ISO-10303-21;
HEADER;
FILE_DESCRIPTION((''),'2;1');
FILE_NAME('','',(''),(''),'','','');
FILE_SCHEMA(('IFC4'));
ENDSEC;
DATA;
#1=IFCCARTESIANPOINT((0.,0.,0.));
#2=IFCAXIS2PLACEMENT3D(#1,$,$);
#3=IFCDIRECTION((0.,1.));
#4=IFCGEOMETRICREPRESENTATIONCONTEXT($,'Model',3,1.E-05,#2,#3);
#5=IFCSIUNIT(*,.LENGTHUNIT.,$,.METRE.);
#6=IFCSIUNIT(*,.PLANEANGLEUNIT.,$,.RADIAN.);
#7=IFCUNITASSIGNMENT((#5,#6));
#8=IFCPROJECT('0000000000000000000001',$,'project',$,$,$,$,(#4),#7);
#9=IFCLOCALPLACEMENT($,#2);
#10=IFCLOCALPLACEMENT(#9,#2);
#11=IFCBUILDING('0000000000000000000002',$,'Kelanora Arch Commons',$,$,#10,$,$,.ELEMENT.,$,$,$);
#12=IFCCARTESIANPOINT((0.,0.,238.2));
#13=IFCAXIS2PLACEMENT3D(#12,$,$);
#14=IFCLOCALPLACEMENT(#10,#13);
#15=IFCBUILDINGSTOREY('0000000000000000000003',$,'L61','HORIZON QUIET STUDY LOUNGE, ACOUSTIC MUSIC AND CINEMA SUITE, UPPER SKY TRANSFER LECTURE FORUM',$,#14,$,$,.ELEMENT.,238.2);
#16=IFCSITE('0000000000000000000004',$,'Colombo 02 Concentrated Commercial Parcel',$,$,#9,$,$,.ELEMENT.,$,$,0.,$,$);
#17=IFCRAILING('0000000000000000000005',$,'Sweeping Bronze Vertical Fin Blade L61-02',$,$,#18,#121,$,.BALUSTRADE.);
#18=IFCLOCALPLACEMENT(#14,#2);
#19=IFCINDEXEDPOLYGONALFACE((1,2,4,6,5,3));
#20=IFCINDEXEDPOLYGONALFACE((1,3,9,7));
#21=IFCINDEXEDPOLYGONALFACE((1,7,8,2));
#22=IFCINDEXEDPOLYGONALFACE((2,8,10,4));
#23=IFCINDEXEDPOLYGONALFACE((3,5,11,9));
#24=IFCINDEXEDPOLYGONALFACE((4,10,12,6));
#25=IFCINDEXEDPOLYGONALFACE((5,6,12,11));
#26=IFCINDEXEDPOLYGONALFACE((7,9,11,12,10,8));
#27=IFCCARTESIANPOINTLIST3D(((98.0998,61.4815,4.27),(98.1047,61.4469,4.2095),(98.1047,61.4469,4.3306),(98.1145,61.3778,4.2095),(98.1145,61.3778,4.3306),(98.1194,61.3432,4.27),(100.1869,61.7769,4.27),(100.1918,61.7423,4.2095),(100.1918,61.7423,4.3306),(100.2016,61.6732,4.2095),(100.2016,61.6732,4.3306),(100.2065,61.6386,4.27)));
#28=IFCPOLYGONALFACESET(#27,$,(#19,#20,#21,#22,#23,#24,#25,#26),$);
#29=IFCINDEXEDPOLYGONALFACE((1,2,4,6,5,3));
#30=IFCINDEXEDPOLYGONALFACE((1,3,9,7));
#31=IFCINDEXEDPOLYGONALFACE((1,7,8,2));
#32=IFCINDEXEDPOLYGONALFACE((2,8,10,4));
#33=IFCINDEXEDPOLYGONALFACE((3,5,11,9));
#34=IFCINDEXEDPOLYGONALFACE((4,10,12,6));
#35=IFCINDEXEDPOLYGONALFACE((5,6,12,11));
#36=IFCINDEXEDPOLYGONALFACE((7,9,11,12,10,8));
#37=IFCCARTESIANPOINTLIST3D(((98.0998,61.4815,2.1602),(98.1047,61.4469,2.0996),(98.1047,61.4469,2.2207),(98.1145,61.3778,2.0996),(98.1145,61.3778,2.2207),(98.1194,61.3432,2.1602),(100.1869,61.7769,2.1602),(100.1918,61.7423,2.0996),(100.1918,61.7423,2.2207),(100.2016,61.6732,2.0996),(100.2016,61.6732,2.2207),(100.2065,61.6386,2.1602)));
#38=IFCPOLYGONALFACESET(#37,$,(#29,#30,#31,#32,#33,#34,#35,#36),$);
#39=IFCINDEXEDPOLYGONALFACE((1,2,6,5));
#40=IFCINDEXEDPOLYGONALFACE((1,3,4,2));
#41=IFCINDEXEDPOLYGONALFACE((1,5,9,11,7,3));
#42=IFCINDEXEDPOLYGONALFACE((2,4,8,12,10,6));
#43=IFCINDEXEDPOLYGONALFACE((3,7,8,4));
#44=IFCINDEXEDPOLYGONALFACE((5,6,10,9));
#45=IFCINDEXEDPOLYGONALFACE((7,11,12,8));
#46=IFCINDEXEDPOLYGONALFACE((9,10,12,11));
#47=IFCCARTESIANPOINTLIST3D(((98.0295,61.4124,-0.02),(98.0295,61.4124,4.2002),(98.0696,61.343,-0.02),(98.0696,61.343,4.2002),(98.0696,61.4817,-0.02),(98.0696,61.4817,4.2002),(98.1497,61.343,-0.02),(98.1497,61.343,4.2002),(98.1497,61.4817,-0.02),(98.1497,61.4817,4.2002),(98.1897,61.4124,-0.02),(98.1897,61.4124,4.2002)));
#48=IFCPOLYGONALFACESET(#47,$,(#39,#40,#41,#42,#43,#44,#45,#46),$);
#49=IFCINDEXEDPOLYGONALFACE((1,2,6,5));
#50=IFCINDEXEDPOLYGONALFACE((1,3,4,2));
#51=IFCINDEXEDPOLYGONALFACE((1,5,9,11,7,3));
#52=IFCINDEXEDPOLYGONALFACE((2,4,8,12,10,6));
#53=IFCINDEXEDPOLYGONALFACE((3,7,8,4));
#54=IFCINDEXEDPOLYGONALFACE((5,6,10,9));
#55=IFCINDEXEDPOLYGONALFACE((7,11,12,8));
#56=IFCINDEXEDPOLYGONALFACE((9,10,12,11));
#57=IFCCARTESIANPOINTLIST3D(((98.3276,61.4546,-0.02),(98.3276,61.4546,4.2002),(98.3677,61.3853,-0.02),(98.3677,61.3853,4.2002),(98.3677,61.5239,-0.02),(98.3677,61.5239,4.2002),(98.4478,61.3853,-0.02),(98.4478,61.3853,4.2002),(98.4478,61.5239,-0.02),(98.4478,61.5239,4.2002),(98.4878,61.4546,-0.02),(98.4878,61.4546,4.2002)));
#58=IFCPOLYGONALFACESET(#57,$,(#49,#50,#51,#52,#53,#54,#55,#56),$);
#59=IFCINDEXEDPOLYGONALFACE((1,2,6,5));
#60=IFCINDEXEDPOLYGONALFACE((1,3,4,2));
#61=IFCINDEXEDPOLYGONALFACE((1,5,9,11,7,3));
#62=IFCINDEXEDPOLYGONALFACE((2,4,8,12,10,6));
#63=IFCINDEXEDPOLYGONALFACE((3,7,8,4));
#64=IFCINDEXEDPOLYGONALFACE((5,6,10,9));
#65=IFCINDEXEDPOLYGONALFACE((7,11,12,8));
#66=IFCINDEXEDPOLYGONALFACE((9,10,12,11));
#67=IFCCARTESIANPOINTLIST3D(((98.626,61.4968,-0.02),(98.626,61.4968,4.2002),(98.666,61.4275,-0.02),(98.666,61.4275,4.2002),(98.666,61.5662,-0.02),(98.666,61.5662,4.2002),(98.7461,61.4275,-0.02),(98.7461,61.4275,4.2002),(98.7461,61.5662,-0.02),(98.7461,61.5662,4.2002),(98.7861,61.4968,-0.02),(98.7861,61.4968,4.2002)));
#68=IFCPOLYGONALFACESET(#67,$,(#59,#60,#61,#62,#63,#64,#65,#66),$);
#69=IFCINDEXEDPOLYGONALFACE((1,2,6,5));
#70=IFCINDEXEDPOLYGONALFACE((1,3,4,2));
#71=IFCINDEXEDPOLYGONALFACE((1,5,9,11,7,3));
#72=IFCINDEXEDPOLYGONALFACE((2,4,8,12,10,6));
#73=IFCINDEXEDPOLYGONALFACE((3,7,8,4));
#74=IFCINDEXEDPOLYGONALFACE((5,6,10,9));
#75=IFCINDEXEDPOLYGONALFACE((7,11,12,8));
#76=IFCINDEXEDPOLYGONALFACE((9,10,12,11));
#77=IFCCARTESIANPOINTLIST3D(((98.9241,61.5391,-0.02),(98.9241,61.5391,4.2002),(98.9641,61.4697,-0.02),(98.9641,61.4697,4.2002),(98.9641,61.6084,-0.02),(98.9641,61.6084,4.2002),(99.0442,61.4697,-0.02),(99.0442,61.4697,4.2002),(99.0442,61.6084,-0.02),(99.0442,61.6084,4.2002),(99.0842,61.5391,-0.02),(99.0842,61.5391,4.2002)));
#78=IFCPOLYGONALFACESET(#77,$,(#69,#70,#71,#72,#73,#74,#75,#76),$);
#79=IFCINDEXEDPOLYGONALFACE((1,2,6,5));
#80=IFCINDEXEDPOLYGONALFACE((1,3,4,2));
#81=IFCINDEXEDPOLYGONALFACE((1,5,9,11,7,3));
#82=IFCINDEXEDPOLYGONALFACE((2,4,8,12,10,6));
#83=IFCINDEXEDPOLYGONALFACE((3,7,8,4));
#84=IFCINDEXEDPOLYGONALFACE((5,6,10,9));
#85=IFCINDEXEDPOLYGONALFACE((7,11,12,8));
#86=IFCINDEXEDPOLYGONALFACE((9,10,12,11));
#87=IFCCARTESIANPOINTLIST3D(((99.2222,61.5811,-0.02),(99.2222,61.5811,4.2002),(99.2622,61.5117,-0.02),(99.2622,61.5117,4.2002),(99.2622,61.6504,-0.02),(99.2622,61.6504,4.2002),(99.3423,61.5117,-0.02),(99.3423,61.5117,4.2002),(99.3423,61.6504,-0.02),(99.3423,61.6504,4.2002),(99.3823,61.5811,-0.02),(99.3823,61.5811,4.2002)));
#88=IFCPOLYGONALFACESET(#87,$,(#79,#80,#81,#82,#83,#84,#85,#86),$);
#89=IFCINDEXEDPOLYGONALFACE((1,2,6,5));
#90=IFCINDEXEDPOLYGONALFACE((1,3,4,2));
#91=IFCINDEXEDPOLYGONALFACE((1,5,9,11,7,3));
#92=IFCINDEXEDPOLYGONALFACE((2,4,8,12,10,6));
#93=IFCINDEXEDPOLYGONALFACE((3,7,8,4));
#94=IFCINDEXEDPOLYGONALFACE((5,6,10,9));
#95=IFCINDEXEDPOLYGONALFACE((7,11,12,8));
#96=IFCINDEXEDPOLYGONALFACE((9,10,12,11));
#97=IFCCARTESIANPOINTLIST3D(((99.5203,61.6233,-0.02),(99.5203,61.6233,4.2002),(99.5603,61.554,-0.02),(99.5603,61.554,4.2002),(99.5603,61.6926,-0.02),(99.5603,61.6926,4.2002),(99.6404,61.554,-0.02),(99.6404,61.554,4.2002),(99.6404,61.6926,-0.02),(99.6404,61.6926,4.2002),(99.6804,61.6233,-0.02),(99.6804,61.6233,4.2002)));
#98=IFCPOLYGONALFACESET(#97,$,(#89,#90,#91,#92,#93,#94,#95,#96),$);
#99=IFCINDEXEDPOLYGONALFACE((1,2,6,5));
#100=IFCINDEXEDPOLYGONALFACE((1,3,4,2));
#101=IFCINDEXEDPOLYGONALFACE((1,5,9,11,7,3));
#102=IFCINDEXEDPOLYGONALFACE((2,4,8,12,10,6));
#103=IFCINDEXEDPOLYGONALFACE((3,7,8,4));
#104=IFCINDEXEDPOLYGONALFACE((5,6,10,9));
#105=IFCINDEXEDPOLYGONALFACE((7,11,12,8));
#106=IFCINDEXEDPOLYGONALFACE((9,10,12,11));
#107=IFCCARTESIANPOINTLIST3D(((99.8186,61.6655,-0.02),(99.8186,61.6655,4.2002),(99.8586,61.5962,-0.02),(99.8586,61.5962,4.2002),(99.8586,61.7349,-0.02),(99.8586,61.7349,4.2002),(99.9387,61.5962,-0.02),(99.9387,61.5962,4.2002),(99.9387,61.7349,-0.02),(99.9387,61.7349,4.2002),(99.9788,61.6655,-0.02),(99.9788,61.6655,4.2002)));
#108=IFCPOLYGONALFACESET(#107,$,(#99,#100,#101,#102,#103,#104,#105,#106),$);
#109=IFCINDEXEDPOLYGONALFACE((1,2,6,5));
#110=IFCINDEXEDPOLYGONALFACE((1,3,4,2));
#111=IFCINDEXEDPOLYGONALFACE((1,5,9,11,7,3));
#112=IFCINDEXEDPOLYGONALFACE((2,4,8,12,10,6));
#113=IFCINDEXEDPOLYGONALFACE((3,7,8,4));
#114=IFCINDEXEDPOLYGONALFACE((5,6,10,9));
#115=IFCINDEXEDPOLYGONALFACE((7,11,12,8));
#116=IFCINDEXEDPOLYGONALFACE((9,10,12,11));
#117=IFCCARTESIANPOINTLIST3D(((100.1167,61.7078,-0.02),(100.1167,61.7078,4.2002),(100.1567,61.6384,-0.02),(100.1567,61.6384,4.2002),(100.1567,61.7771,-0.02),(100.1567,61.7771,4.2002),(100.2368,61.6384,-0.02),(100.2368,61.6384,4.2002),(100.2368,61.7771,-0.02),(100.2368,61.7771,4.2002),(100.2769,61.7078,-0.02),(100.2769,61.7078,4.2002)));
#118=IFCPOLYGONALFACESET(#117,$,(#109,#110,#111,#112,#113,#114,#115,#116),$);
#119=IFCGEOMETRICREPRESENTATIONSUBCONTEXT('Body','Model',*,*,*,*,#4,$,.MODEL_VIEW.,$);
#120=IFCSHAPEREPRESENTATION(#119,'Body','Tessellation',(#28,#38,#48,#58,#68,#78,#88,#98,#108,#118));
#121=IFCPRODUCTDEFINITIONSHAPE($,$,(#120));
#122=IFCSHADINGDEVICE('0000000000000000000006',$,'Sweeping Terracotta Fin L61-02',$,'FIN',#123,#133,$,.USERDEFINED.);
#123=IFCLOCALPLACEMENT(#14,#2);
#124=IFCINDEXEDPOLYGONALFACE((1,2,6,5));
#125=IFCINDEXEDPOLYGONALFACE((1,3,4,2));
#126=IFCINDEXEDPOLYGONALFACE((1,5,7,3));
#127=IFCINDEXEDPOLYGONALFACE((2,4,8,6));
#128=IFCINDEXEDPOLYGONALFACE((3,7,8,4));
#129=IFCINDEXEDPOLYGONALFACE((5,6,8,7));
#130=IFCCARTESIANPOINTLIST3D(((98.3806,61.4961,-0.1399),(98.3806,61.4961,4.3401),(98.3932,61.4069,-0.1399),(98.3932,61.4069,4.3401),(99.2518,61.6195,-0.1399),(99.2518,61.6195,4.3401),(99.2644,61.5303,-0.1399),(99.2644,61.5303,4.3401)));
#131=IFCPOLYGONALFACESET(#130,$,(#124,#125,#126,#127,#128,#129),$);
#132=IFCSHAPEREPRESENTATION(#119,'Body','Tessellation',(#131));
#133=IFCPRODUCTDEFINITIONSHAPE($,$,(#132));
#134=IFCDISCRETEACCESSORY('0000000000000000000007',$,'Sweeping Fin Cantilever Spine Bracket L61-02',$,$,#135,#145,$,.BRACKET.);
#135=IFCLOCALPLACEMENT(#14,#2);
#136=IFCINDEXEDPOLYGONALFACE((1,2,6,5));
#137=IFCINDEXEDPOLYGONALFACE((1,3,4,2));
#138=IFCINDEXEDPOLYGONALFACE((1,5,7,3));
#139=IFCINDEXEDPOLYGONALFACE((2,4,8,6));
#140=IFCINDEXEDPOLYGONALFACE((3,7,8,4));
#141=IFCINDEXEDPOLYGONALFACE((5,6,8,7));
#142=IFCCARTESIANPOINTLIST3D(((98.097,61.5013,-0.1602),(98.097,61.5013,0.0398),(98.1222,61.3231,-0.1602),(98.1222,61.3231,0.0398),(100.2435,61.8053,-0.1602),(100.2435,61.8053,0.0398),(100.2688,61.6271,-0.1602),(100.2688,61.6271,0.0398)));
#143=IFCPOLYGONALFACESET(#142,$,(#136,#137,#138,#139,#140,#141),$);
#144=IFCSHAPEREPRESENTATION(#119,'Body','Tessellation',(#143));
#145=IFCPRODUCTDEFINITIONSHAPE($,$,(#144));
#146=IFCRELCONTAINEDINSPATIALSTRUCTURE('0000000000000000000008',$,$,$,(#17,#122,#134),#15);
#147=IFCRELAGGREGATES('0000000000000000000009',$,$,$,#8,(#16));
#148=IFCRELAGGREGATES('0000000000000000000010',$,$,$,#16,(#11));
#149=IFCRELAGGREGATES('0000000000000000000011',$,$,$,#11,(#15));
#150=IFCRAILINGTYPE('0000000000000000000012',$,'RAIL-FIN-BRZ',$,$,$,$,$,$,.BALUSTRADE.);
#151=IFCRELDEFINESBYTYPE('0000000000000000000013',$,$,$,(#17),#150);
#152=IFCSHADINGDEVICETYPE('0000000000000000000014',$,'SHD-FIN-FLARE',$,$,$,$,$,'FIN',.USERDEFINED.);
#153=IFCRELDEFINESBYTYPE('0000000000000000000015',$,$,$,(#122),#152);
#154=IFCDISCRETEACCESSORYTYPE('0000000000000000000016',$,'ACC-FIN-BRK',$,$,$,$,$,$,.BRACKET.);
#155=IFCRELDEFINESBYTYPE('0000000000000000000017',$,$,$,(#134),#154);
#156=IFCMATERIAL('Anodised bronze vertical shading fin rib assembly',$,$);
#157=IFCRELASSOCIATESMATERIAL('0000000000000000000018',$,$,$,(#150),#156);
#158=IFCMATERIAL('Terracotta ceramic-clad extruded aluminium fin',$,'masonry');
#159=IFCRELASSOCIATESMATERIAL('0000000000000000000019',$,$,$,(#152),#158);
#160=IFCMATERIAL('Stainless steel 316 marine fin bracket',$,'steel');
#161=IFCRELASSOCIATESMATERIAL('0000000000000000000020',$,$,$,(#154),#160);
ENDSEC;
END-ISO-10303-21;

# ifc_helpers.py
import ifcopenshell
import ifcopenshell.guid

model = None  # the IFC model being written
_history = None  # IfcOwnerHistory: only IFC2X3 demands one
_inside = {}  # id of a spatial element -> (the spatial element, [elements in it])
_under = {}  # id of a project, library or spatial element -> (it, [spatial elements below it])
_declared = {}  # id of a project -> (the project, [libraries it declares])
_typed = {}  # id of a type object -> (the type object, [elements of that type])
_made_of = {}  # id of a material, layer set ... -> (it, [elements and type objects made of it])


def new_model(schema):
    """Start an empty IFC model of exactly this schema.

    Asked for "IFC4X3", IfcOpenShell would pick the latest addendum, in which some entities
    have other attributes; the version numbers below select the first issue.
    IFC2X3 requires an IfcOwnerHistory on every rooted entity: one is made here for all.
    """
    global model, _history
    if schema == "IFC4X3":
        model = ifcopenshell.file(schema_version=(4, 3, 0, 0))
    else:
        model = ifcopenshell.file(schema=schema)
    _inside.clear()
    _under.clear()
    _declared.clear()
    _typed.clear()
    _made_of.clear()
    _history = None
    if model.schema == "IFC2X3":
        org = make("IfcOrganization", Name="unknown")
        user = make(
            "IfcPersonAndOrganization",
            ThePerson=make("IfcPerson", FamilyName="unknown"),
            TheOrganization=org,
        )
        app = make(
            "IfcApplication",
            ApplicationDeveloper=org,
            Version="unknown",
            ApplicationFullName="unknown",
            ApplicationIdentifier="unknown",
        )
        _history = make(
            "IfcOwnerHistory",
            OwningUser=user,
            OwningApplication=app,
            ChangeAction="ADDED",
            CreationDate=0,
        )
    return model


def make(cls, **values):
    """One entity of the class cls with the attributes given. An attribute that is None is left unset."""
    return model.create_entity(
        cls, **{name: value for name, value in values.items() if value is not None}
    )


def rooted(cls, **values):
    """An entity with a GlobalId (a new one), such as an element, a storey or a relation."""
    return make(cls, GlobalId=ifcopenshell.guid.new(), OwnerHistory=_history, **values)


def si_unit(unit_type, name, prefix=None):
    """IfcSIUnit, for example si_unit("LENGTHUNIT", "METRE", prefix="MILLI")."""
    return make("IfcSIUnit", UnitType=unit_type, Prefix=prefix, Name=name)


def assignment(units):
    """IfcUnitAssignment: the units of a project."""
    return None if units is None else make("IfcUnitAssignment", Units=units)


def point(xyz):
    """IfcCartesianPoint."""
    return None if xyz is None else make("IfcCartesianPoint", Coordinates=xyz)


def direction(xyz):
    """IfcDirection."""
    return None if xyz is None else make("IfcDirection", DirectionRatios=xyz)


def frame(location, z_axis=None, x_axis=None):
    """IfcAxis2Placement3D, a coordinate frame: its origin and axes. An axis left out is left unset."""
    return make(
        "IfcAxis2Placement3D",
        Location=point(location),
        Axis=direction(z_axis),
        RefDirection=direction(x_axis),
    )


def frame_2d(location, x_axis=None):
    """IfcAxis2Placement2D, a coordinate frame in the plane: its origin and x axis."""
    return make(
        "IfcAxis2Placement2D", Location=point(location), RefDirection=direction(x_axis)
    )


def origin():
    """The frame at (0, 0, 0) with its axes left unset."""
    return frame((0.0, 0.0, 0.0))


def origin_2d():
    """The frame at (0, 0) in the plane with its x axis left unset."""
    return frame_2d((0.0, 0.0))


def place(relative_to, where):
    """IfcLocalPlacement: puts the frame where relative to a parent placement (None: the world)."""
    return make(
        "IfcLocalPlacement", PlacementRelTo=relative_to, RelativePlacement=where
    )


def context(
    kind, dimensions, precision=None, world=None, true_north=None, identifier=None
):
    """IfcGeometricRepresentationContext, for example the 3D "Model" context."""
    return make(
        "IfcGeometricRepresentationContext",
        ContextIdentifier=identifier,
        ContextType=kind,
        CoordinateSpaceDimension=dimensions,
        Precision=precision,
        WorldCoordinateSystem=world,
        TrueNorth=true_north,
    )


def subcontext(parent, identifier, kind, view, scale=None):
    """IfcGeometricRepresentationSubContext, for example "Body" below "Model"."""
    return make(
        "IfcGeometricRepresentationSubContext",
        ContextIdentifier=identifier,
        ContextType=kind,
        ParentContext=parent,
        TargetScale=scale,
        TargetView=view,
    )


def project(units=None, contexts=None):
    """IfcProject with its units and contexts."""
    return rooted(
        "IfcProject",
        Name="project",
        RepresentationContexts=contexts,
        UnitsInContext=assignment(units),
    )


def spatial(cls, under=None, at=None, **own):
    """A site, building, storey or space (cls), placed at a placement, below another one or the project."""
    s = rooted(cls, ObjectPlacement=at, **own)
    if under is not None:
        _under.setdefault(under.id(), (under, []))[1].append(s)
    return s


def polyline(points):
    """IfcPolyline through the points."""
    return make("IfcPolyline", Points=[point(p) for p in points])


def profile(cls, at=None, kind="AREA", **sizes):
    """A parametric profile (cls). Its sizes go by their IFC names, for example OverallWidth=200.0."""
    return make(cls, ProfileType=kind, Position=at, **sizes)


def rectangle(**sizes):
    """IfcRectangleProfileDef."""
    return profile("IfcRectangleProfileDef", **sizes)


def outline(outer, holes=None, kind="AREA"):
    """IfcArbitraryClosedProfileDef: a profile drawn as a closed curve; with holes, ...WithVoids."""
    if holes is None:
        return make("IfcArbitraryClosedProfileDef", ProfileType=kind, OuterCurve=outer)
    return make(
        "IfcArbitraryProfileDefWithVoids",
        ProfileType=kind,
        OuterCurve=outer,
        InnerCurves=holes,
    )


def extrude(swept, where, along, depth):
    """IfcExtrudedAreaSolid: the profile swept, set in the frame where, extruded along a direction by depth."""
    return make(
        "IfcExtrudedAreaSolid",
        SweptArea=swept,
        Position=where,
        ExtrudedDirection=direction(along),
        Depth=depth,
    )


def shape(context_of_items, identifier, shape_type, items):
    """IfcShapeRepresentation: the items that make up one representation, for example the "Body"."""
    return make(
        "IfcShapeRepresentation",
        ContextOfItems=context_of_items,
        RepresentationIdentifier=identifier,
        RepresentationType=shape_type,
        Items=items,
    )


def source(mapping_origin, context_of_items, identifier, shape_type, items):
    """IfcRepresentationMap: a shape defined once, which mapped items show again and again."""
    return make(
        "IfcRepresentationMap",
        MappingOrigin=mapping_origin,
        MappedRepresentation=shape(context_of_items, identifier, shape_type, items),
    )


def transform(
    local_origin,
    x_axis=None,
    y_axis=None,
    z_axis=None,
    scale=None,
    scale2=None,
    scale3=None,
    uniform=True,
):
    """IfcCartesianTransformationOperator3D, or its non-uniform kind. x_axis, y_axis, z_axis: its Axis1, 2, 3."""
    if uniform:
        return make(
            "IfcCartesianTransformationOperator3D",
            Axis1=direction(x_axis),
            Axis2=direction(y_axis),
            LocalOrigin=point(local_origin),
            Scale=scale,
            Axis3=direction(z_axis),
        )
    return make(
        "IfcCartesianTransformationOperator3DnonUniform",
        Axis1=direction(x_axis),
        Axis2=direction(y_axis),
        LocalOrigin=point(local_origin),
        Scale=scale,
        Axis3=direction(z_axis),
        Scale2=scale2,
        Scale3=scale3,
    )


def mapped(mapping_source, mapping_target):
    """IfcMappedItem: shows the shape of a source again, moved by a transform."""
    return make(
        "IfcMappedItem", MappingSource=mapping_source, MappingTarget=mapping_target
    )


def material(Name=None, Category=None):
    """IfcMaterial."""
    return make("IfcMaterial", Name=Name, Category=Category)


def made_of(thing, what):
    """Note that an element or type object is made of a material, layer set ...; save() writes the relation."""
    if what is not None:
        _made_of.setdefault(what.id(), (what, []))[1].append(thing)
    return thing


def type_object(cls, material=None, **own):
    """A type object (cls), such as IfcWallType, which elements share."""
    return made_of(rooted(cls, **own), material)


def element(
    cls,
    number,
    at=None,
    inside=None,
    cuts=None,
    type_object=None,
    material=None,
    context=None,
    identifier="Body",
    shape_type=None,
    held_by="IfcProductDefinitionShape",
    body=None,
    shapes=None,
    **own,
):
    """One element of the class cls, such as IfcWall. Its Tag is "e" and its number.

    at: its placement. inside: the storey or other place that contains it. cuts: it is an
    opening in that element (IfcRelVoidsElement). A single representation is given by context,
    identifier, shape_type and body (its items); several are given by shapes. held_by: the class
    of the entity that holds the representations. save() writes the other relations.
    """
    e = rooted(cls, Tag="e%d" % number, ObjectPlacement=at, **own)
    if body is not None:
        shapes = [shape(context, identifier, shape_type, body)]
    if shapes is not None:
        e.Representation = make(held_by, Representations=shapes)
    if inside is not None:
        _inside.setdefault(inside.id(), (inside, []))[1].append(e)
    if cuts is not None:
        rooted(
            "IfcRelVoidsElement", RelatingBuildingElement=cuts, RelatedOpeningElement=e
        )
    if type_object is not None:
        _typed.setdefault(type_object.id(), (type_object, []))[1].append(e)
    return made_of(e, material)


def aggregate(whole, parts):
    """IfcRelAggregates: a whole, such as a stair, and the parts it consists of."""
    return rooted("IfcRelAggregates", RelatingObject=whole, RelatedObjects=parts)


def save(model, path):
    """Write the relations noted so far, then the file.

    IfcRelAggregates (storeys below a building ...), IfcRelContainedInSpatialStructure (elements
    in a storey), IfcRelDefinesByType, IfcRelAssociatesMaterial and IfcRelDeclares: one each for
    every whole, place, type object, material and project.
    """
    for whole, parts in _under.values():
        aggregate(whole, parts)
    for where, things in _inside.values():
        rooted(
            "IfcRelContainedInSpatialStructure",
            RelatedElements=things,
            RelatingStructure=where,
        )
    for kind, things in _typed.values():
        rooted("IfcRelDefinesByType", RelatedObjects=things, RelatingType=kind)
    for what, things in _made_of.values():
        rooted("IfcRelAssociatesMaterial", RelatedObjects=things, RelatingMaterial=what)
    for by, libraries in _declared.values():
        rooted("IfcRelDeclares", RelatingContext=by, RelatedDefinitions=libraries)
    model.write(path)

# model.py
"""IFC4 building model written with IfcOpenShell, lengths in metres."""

from ifc_helpers import new_model, si_unit, direction, frame, origin, origin_2d, place, context, subcontext, project, spatial, polyline, rectangle, outline, extrude, source, transform, mapped, material, type_object, element, save


model = new_model("IFC4")

# Units and contexts
model_context = context("Model", 3, precision=1e-05, world=origin(), true_north=direction((0.0, 1.0)))
body_context = subcontext(model_context, "Body", "Model", "MODEL_VIEW")
ifc_project = project(units=[si_unit("LENGTHUNIT", "METRE"), si_unit("PLANEANGLEUNIT", "RADIAN")], contexts=[model_context])

# Site, building, storey
site_placement = place(None, origin())
site = spatial("IfcSite", under=ifc_project, at=site_placement, Name="Colombo 02 Concentrated Commercial Parcel", CompositionType="ELEMENT", RefElevation=0.0)
building_placement = place(site_placement, origin())
building = spatial("IfcBuilding", under=site, at=building_placement, Name="Kelanora Arch Commons", CompositionType="ELEMENT")
storey_placement = place(building_placement, frame((0.0, 0.0, 238.2)))
storey = spatial("IfcBuildingStorey", under=building, at=storey_placement, Name="L61", Description="HORIZON QUIET STUDY LOUNGE, ACOUSTIC MUSIC AND CINEMA SUITE, UPPER SKY TRANSFER LECTURE FORUM", CompositionType="ELEMENT", Elevation=238.2)

# Railing
ifc_material_1 = material(Name="Anodised bronze vertical shading fin rib assembly")
railing_type_1 = type_object("IfcRailingType", Name="RAIL-FIN-BRZ", PredefinedType="BALUSTRADE", material=ifc_material_1)
railing_1_placement = place(storey_placement, frame((98.1096, 61.4124, -0.02)))
element("IfcRailing", 1, at=railing_1_placement, inside=storey, type_object=railing_type_1, Name="Sweeping Bronze Vertical Fin Blade L61-02", PredefinedType="BALUSTRADE", context=body_context, shape_type="SweptSolid", body=[
    extrude(outline(polyline([(0.0698, 0.0), (0.0349, 0.0605), (-0.0349, 0.0605), (-0.0698, 0.0), (-0.0349, -0.0605), (0.0349, -0.0605), (0.0698, 0.0)])), frame((0.0, 0.0, 4.29), z_axis=(0.990132, 0.14014, 0.0), x_axis=(-0.14014, 0.990132, 0.0)), (0.0, 0.0, 1.0), 2.1079),
    extrude(outline(polyline([(0.0698, 0.0), (0.0349, 0.0605), (-0.0349, 0.0605), (-0.0698, 0.0), (-0.0349, -0.0605), (0.0349, -0.0605), (0.0698, 0.0)])), frame((0.0, 0.0, 2.1802), z_axis=(0.990132, 0.14014, 0.0), x_axis=(-0.14014, 0.990132, 0.0)), (0.0, 0.0, 1.0), 2.1079),
    extrude(outline(polyline([(0.0801, 0.0), (0.04, 0.0693), (-0.04, 0.0693), (-0.0801, 0.0), (-0.04, -0.0693), (0.04, -0.0693), (0.0801, 0.0)])), origin(), (0.0, 0.0, 1.0), 4.2202),
    extrude(outline(polyline([(0.0801, 0.0), (0.04, 0.0693), (-0.04, 0.0693), (-0.0801, 0.0), (-0.04, -0.0693), (0.04, -0.0693), (0.0801, 0.0)])), frame((0.2981, 0.0422, 0.0)), (0.0, 0.0, 1.0), 4.2202),
    extrude(outline(polyline([(0.0801, 0.0), (0.04, 0.0693), (-0.04, 0.0693), (-0.0801, 0.0), (-0.04, -0.0693), (0.04, -0.0693), (0.0801, 0.0)])), frame((0.5964, 0.0845, 0.0)), (0.0, 0.0, 1.0), 4.2202),
    extrude(outline(polyline([(0.0801, 0.0), (0.04, 0.0693), (-0.04, 0.0693), (-0.0801, 0.0), (-0.04, -0.0693), (0.04, -0.0693), (0.0801, 0.0)])), frame((0.8945, 0.1267, 0.0)), (0.0, 0.0, 1.0), 4.2202),
    extrude(outline(polyline([(0.0801, 0.0), (0.04, 0.0693), (-0.04, 0.0693), (-0.0801, 0.0), (-0.04, -0.0693), (0.04, -0.0693), (0.0801, 0.0)])), frame((1.1926, 0.1687, 0.0)), (0.0, 0.0, 1.0), 4.2202),
    extrude(outline(polyline([(0.0801, 0.0), (0.04, 0.0693), (-0.04, 0.0693), (-0.0801, 0.0), (-0.04, -0.0693), (0.04, -0.0693), (0.0801, 0.0)])), frame((1.4907, 0.2109, 0.0)), (0.0, 0.0, 1.0), 4.2202),
    extrude(outline(polyline([(0.0801, 0.0), (0.04, 0.0693), (-0.04, 0.0693), (-0.0801, 0.0), (-0.04, -0.0693), (0.04, -0.0693), (0.0801, 0.0)])), frame((1.7891, 0.2532, 0.0)), (0.0, 0.0, 1.0), 4.2202),
    extrude(outline(polyline([(0.0801, 0.0), (0.04, 0.0693), (-0.04, 0.0693), (-0.0801, 0.0), (-0.04, -0.0693), (0.04, -0.0693), (0.0801, 0.0)])), frame((2.0872, 0.2954, 0.0)), (0.0, 0.0, 1.0), 4.2202),
])

# Shading device
ifc_material_2 = material(Name="Terracotta ceramic-clad extruded aluminium fin", Category="masonry")
shading_device_type = type_object("IfcShadingDeviceType", Name="SHD-FIN-FLARE", ElementType="FIN", PredefinedType="USERDEFINED", material=ifc_material_2)
shared_shape_1 = source(origin(), body_context, "Body", "SweptSolid", [
    extrude(rectangle(XDim=0.8799, YDim=0.0901, at=origin_2d()), origin(), (0.0, 0.0, 1.0), 4.48),
])
shading_device_placement = place(storey_placement, frame((98.8225, 61.5132, -0.1399), z_axis=(0.0, 0.0, 1.0), x_axis=(0.990122, 0.14021, 0.0)))
element("IfcShadingDevice", 2, at=shading_device_placement, inside=storey, type_object=shading_device_type, Name="Sweeping Terracotta Fin L61-02", ObjectType="FIN", PredefinedType="USERDEFINED", context=body_context, shape_type="MappedRepresentation", body=[
    mapped(shared_shape_1, transform((0.0, 0.0, 0.0), scale=1.0)),
])

# Discrete accessory
ifc_material_3 = material(Name="Stainless steel 316 marine fin bracket", Category="steel")
discrete_accessory_type = type_object("IfcDiscreteAccessoryType", Name="ACC-FIN-BRK", PredefinedType="BRACKET", material=ifc_material_3)
shared_shape_2 = source(origin(), body_context, "Body", "SweptSolid", [
    extrude(rectangle(XDim=2.168, YDim=0.1799, at=origin_2d()), origin(), (0.0, 0.0, 1.0), 0.2),
])
discrete_accessory_placement = place(storey_placement, frame((99.1829, 61.5642, -0.1602), z_axis=(0.0, 0.0, 1.0), x_axis=(0.990122, 0.14021, 0.0)))
element("IfcDiscreteAccessory", 3, at=discrete_accessory_placement, inside=storey, type_object=discrete_accessory_type, Name="Sweeping Fin Cantilever Spine Bracket L61-02", PredefinedType="BRACKET", context=body_context, shape_type="MappedRepresentation", body=[
    mapped(shared_shape_2, transform((0.0, 0.0, 0.0), scale=1.0)),
])

save(model, "model.ifc")
